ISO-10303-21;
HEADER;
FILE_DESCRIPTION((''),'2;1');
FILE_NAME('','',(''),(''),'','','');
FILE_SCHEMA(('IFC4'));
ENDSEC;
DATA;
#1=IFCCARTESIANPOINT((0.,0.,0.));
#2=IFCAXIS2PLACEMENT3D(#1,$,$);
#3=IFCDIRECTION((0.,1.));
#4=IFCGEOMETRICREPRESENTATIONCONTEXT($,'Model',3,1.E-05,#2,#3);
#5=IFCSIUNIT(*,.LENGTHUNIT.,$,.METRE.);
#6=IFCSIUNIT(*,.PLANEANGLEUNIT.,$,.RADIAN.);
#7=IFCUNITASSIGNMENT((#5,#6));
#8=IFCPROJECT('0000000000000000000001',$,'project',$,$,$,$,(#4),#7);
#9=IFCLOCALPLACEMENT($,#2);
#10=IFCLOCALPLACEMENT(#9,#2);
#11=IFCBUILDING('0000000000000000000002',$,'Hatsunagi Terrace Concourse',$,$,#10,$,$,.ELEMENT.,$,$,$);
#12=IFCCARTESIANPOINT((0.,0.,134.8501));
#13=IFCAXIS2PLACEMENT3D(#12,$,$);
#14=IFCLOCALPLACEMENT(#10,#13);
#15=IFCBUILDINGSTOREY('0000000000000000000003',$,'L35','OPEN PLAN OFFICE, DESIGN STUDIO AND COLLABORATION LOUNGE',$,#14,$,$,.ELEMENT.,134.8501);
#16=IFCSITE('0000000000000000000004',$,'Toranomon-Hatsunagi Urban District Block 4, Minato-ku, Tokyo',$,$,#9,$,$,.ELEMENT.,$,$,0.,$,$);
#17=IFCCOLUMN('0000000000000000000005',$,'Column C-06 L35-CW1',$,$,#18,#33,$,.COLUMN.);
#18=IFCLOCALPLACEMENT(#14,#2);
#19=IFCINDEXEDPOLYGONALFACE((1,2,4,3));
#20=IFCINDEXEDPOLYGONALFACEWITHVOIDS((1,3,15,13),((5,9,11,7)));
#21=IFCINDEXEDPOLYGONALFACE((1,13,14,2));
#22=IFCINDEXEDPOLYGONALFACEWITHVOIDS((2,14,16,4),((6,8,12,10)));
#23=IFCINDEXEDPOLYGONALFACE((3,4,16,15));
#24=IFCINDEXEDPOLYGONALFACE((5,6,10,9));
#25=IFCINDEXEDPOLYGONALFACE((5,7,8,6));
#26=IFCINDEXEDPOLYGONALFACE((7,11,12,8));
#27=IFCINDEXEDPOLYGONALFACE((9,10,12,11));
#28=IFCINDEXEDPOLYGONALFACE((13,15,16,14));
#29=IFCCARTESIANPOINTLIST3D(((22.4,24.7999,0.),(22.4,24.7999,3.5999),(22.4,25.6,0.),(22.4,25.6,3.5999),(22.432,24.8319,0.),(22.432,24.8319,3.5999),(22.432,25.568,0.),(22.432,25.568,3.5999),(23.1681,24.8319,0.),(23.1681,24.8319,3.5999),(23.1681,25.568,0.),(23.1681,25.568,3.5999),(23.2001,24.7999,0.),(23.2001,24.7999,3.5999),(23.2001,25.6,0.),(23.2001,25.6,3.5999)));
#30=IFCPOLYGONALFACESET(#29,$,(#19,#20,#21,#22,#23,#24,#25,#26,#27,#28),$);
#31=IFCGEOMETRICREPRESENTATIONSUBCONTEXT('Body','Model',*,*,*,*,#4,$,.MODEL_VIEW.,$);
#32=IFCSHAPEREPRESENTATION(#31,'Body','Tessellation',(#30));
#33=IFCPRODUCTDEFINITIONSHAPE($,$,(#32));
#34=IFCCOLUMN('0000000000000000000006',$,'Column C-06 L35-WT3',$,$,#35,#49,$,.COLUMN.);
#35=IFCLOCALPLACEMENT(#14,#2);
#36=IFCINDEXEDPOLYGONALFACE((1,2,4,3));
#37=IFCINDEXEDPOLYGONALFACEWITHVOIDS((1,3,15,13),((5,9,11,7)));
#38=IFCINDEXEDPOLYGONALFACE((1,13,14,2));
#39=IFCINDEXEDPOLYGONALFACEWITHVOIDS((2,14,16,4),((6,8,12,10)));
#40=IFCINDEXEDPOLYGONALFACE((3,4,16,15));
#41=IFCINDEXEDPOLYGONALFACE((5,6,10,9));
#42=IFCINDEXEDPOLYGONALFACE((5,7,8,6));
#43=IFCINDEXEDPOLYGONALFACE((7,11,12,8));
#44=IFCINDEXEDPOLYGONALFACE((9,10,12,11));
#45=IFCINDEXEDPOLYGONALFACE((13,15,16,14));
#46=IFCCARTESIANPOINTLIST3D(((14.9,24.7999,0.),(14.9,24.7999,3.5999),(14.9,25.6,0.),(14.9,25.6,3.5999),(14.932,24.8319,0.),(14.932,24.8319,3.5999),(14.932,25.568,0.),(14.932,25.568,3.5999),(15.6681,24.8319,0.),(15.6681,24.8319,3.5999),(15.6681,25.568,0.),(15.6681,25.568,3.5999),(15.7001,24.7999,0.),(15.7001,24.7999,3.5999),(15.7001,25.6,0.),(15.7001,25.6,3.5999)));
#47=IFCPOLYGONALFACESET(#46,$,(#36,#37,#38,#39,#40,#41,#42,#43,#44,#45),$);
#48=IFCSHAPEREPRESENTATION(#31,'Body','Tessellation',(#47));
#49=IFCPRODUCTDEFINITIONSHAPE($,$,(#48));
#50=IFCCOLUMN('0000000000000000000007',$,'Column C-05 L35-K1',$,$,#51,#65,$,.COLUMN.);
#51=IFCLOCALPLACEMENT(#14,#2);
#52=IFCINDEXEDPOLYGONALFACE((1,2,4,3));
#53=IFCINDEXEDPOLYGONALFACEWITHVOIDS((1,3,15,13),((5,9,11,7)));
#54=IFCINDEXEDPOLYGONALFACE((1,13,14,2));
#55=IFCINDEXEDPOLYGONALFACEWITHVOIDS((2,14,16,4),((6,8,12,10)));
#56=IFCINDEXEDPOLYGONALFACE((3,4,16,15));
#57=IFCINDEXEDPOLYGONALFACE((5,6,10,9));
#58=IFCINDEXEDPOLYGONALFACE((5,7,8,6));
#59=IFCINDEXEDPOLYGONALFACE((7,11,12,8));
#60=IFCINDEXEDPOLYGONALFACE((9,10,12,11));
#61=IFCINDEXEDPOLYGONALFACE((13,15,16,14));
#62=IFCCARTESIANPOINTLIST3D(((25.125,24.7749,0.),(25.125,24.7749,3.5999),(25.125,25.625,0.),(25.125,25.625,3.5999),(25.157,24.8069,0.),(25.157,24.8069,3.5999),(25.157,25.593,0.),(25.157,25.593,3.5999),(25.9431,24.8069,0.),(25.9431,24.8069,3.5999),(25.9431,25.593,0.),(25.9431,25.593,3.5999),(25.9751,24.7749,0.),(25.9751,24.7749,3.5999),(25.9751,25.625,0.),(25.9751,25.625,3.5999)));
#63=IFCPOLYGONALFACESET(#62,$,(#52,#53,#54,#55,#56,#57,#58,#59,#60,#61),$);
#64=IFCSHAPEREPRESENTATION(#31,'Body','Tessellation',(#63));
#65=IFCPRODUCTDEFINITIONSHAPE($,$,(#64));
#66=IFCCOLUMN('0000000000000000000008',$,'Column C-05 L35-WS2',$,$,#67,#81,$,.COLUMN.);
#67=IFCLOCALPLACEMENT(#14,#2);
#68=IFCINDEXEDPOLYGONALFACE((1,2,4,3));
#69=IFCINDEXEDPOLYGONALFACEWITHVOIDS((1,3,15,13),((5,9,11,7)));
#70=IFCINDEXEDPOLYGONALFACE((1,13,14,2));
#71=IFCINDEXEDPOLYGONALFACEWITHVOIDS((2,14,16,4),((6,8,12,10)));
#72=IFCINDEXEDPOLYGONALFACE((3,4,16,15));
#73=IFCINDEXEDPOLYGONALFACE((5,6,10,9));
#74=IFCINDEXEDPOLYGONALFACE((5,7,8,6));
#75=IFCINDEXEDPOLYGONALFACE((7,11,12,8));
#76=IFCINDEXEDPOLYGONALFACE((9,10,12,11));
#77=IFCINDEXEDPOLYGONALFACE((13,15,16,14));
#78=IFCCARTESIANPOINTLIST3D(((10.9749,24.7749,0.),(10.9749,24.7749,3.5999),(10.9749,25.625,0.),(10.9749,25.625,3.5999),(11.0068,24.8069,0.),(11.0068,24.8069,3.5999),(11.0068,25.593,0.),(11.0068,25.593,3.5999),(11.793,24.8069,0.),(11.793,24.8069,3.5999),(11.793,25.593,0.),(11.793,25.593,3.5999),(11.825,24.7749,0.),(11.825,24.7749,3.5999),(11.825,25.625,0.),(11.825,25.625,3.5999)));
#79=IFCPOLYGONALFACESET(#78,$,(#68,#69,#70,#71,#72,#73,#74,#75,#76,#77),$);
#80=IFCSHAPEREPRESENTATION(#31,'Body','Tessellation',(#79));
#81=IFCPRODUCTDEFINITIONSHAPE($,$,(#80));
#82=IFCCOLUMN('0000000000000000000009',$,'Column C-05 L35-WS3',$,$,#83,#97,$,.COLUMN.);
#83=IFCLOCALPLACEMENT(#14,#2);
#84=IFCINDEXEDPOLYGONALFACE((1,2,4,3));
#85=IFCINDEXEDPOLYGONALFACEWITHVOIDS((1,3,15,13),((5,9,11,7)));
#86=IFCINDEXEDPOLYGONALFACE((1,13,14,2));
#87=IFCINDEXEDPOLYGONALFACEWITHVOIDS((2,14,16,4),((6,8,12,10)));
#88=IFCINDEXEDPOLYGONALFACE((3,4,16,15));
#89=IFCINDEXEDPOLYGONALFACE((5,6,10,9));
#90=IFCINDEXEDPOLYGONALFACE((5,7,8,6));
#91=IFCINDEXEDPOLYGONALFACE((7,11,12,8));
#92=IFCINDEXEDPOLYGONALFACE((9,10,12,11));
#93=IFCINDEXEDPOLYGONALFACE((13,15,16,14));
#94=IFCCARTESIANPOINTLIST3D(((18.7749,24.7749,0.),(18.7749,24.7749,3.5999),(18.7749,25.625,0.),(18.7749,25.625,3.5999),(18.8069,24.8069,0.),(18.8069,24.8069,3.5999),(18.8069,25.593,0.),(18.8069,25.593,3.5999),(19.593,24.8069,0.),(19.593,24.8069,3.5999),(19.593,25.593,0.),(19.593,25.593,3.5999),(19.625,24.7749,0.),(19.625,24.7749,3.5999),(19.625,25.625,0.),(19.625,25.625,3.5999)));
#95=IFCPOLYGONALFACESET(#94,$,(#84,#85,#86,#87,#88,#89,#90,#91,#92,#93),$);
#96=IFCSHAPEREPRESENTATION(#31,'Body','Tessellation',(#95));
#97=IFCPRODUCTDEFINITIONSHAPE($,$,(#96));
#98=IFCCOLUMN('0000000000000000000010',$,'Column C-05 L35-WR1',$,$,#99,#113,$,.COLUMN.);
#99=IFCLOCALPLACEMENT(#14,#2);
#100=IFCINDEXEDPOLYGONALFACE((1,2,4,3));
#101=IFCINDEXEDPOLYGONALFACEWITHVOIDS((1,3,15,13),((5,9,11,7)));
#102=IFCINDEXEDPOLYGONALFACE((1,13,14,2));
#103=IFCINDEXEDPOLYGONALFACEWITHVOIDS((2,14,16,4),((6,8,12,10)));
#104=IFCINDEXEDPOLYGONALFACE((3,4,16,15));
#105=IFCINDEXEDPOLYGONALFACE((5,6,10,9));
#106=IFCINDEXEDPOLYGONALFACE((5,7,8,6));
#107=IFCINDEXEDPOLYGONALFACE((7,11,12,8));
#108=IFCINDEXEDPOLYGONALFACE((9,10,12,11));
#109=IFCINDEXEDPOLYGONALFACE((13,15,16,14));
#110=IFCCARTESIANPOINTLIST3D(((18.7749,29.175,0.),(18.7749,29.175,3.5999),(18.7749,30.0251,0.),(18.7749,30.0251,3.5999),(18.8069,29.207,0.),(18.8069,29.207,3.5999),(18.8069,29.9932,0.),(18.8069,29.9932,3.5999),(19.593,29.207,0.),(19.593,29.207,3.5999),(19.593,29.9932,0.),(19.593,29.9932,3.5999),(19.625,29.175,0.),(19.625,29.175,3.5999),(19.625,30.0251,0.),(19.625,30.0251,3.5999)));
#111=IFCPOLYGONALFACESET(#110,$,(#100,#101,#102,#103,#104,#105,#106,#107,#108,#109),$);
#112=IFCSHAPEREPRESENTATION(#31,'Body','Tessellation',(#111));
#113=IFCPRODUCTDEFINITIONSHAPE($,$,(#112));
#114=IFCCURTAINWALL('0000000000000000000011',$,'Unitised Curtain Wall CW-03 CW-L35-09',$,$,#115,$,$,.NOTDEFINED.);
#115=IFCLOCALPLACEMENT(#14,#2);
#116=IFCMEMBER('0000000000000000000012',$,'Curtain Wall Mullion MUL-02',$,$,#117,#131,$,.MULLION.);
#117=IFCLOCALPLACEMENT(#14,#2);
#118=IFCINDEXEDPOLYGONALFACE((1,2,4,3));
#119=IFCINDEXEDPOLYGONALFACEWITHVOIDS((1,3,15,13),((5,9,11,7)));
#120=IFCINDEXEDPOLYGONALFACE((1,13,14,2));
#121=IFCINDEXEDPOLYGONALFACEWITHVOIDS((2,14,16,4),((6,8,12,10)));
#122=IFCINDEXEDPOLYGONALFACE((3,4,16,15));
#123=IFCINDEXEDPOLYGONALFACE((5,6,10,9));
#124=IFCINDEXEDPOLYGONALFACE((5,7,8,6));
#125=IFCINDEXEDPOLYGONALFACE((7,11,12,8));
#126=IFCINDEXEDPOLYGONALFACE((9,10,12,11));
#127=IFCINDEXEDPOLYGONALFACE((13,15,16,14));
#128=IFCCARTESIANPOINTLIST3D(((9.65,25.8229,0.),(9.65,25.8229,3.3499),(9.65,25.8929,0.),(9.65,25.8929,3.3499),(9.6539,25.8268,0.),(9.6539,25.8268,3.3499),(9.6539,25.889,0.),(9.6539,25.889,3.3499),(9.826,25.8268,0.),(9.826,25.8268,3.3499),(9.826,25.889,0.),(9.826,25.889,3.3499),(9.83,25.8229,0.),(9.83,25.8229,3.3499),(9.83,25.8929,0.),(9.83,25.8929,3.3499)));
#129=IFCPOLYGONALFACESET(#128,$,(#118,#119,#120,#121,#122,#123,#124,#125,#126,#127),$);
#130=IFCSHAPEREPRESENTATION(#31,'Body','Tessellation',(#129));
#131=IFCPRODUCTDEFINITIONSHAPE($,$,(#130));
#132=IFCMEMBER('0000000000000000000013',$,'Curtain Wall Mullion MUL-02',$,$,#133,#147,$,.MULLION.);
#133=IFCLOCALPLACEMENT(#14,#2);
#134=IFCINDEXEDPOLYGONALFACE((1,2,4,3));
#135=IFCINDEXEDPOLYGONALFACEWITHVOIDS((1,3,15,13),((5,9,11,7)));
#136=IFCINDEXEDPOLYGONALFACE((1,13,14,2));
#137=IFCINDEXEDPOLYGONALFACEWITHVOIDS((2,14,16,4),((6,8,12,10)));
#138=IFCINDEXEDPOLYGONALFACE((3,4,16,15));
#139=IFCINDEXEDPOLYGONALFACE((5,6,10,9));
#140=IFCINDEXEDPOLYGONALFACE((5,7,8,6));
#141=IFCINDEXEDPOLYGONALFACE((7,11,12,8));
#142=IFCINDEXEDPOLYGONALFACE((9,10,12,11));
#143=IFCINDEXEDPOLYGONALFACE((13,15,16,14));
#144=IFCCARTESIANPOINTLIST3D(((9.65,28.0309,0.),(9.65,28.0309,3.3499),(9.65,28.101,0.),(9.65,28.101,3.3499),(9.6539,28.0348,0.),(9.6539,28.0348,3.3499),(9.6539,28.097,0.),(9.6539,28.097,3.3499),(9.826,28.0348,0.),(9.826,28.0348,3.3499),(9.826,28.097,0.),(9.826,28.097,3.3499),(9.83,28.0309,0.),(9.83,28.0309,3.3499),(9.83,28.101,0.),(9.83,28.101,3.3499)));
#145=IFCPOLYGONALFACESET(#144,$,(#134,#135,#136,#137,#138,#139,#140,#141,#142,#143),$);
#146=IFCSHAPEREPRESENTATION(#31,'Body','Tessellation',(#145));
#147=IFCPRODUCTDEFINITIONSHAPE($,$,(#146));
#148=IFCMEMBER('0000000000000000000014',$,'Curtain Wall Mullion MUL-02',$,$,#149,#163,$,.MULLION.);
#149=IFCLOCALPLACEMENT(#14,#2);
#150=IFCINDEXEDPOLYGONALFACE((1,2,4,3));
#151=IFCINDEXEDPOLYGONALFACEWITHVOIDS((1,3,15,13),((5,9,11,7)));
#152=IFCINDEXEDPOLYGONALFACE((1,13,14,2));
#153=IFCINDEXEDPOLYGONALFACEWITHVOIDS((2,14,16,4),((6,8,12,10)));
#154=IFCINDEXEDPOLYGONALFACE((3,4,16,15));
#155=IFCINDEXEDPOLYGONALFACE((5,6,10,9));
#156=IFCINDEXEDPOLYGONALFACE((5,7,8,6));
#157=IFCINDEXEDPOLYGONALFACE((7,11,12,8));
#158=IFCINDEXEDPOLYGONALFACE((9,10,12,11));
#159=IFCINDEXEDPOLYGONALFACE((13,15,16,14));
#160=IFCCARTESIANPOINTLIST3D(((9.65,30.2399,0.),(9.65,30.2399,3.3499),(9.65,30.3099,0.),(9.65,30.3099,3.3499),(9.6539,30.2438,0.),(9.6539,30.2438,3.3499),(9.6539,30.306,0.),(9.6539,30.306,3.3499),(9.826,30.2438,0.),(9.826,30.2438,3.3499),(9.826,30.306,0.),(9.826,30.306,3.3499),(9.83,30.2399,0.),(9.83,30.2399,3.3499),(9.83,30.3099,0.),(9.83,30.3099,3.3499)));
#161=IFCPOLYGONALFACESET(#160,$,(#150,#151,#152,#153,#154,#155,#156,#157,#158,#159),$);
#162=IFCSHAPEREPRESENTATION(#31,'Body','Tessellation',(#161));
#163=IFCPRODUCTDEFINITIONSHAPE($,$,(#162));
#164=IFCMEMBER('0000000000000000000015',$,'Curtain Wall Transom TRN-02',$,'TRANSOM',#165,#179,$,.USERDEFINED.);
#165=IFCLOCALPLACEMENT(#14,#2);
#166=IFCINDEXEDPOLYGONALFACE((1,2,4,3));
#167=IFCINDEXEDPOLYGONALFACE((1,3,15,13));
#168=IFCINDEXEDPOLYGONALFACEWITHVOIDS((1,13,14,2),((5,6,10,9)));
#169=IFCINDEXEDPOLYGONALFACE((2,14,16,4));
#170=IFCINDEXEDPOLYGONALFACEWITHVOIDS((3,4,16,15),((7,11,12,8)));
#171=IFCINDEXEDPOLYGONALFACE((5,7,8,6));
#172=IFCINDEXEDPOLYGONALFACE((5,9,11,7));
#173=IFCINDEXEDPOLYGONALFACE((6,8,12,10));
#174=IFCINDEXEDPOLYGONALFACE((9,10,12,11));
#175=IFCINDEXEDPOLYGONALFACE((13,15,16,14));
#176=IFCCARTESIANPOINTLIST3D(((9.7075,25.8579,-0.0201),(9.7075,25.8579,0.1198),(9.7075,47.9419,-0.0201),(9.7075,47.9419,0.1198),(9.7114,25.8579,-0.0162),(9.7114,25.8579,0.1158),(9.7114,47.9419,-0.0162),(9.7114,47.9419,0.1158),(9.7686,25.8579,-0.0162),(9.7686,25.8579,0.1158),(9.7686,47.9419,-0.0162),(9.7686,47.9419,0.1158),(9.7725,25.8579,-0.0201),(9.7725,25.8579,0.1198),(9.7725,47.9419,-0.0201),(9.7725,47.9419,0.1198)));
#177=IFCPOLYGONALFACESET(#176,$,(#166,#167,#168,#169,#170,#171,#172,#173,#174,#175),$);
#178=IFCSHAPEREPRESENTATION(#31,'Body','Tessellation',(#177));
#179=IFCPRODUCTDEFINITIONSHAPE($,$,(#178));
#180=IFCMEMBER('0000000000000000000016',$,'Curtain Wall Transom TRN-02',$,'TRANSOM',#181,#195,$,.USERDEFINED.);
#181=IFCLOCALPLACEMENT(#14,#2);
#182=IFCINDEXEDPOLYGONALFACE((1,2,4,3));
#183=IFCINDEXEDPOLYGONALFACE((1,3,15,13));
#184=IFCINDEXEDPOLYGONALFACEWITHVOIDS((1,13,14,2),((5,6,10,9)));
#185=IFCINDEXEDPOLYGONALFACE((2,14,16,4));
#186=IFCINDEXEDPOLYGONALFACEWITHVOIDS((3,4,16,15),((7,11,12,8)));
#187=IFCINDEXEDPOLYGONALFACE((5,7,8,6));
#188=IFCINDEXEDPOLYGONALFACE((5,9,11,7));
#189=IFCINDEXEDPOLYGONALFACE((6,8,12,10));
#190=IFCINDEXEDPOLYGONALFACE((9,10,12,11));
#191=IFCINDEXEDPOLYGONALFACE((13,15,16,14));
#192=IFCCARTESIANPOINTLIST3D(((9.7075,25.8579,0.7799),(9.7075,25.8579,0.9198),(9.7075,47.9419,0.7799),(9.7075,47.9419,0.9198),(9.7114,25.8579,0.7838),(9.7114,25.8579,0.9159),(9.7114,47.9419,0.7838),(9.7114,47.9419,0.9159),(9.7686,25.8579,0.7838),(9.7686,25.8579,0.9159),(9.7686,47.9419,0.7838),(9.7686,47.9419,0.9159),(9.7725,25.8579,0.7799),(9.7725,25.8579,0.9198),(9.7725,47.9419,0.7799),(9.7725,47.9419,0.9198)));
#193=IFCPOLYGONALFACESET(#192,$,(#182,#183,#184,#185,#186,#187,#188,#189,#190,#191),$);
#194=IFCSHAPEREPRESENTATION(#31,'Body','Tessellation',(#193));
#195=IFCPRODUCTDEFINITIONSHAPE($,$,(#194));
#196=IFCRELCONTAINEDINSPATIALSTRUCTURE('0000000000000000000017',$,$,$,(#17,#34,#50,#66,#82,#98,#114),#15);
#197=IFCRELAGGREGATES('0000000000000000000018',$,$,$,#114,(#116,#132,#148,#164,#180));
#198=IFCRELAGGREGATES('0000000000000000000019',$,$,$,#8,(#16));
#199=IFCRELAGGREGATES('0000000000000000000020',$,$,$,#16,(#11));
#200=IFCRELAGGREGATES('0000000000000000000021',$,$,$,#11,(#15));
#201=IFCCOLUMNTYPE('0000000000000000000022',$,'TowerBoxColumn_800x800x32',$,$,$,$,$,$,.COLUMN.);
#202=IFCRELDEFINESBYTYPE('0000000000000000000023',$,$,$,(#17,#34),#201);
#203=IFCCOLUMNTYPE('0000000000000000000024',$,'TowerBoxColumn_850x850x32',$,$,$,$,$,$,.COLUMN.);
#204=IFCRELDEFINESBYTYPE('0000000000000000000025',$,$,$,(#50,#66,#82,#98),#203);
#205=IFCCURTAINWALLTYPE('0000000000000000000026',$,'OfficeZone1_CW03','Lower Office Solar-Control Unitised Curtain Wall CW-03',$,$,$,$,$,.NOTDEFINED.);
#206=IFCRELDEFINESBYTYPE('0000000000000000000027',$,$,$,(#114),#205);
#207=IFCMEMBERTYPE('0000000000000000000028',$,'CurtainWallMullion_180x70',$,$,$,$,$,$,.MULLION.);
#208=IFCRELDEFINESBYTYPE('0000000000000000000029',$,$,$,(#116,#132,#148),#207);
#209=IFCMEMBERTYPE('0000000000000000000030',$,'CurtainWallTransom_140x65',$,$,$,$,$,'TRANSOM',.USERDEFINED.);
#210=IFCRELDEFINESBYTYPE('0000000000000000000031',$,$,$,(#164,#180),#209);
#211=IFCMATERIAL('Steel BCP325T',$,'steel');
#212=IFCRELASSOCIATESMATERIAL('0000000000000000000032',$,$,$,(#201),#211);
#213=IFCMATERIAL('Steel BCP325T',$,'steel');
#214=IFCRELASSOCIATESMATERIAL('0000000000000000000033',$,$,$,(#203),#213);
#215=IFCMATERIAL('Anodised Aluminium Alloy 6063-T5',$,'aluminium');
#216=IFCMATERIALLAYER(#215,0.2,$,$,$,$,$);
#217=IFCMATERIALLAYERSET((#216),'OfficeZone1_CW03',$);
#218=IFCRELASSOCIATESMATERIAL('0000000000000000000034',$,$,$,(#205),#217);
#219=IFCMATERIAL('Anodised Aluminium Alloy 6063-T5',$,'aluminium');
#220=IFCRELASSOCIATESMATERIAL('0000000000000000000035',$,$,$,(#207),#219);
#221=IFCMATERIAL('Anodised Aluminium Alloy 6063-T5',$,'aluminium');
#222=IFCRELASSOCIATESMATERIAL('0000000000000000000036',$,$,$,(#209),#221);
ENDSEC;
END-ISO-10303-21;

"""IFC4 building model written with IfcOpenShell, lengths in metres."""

from ifc_helpers import new_model, si_unit, direction, frame, origin, origin_2d, place, context, subcontext, project, spatial, hollow_rectangle, extrude, material, layer, layer_set, material_profile, profile_set, type_object, element, aggregate, save


model = new_model("IFC4")

# Units and contexts
model_context = context("Model", 3, precision=1e-05, world=origin(), true_north=direction((0.0, 1.0)))
body_context = subcontext(model_context, "Body", "Model", "MODEL_VIEW")
ifc_project = project(units=[si_unit("LENGTHUNIT", "METRE"), si_unit("PLANEANGLEUNIT", "RADIAN")], contexts=[model_context])

# Site, building, storey
site_placement = place(None, origin())
site = spatial("IfcSite", under=ifc_project, at=site_placement, Name="Toranomon-Hatsunagi Urban District Block 4, Minato-ku, Tokyo", CompositionType="ELEMENT", RefElevation=0.0)
building_placement = place(site_placement, origin())
building = spatial("IfcBuilding", under=site, at=building_placement, Name="Hatsunagi Terrace Concourse", CompositionType="ELEMENT")
storey_placement = place(building_placement, frame((0.0, 0.0, 134.8501)))
storey = spatial("IfcBuildingStorey", under=building, at=storey_placement, Name="L35", Description="OPEN PLAN OFFICE, DESIGN STUDIO AND COLLABORATION LOUNGE", CompositionType="ELEMENT", Elevation=134.8501)

# Columns
ifc_material_1 = material(Name="Steel BCP325T", Category="steel")
ifc_material_profile_1 = material_profile(ifc_material_1, hollow_rectangle(XDim=0.8, YDim=0.8, WallThickness=0.032, at=origin_2d()), Name="BCP-800x800x32")
ifc_profile_set_1 = profile_set([ifc_material_profile_1], Name="Steel BCP325T")
column_type_1 = type_object("IfcColumnType", Name="TowerBoxColumn_800x800x32", PredefinedType="COLUMN", material=ifc_profile_set_1)
for number, where, z_axis, x_axis, name in (
    (1, (22.8, 25.2, 0.0), (0.0, 0.0, 1.0), (1.0, 0.0, 0.0), "Column C-06 L35-CW1"),
    (2, (15.3, 25.2, 0.0), (0.0, 0.0, 1.0), (1.0, 0.0, 0.0), "Column C-06 L35-WT3"),
):
    element("IfcColumn", number, at=place(storey_placement, frame(where, z_axis=z_axis, x_axis=x_axis)), inside=storey, type_object=column_type_1, Name=name, PredefinedType="COLUMN", context=body_context, shape_type="SweptSolid", body=[
        extrude(hollow_rectangle(XDim=0.8, YDim=0.8, WallThickness=0.032, at=origin_2d()), origin(), (0.0, 0.0, 1.0), 3.5999),
    ])
ifc_material_2 = material(Name="Steel BCP325T", Category="steel")
ifc_material_profile_2 = material_profile(ifc_material_2, hollow_rectangle(XDim=0.8501, YDim=0.8501, WallThickness=0.032, at=origin_2d()), Name="BCP-850x850x32")
ifc_profile_set_2 = profile_set([ifc_material_profile_2], Name="Steel BCP325T")
column_type_2 = type_object("IfcColumnType", Name="TowerBoxColumn_850x850x32", PredefinedType="COLUMN", material=ifc_profile_set_2)
for number, where, z_axis, x_axis, name in (
    (3, (25.55, 25.2, 0.0), (0.0, 0.0, 1.0), (1.0, 0.0, 0.0), "Column C-05 L35-K1"),
    (4, (11.3999, 25.2, 0.0), (0.0, 0.0, 1.0), (1.0, 0.0, 0.0), "Column C-05 L35-WS2"),
    (5, (19.2, 25.2, 0.0), (0.0, 0.0, 1.0), (1.0, 0.0, 0.0), "Column C-05 L35-WS3"),
    (6, (19.2, 29.6001, 0.0), (0.0, 0.0, 1.0), (1.0, 0.0, 0.0), "Column C-05 L35-WR1"),
):
    element("IfcColumn", number, at=place(storey_placement, frame(where, z_axis=z_axis, x_axis=x_axis)), inside=storey, type_object=column_type_2, Name=name, PredefinedType="COLUMN", context=body_context, shape_type="SweptSolid", body=[
        extrude(hollow_rectangle(XDim=0.8501, YDim=0.8501, WallThickness=0.032, at=origin_2d()), origin(), (0.0, 0.0, 1.0), 3.5999),
    ])

# Curtain wall, members
ifc_material_3 = material(Name="Anodised Aluminium Alloy 6063-T5", Category="aluminium")
ifc_layer_1 = layer(ifc_material_3, 0.2)
ifc_layer_set_1 = layer_set([ifc_layer_1], Name="OfficeZone1_CW03")
curtain_wall_type = type_object("IfcCurtainWallType", Name="OfficeZone1_CW03", Description="Lower Office Solar-Control Unitised Curtain Wall CW-03", PredefinedType="NOTDEFINED", material=ifc_layer_set_1)
curtain_wall_placement = place(storey_placement, origin())
curtain_wall = element("IfcCurtainWall", 7, at=curtain_wall_placement, inside=storey, type_object=curtain_wall_type, Name="Unitised Curtain Wall CW-03 CW-L35-09", PredefinedType="NOTDEFINED")
ifc_material_4 = material(Name="Anodised Aluminium Alloy 6063-T5", Category="aluminium")
ifc_material_profile_3 = material_profile(ifc_material_4, hollow_rectangle(XDim=0.0701, YDim=0.1799, WallThickness=0.0039, at=origin_2d()), Name="ALU-MUL-180x70x4")
ifc_profile_set_3 = profile_set([ifc_material_profile_3], Name="Anodised Aluminium Alloy 6063-T5")
member_type_1 = type_object("IfcMemberType", Name="CurtainWallMullion_180x70", PredefinedType="MULLION", material=ifc_profile_set_3)
member_1_placement = place(storey_placement, frame((9.74, 25.8579, 0.0), z_axis=(0.0, 0.0, 1.0), x_axis=(0.0, 1.0, 0.0)))
member_1 = element("IfcMember", 8, at=member_1_placement, type_object=member_type_1, Name="Curtain Wall Mullion MUL-02", PredefinedType="MULLION", context=body_context, shape_type="SweptSolid", body=[
    extrude(hollow_rectangle(XDim=0.0701, YDim=0.1799, WallThickness=0.0039, at=origin_2d()), origin(), (0.0, 0.0, 1.0), 3.3499),
])
member_2_placement = place(storey_placement, frame((9.74, 28.0659, 0.0), z_axis=(0.0, 0.0, 1.0), x_axis=(0.0, 1.0, 0.0)))
member_2 = element("IfcMember", 9, at=member_2_placement, type_object=member_type_1, Name="Curtain Wall Mullion MUL-02", PredefinedType="MULLION", context=body_context, shape_type="SweptSolid", body=[
    extrude(hollow_rectangle(XDim=0.0701, YDim=0.1799, WallThickness=0.0039, at=origin_2d()), origin(), (0.0, 0.0, 1.0), 3.3499),
])
member_3_placement = place(storey_placement, frame((9.74, 30.2749, 0.0), z_axis=(0.0, 0.0, 1.0), x_axis=(0.0, 1.0, 0.0)))
member_3 = element("IfcMember", 10, at=member_3_placement, type_object=member_type_1, Name="Curtain Wall Mullion MUL-02", PredefinedType="MULLION", context=body_context, shape_type="SweptSolid", body=[
    extrude(hollow_rectangle(XDim=0.0701, YDim=0.1799, WallThickness=0.0039, at=origin_2d()), origin(), (0.0, 0.0, 1.0), 3.3499),
])
ifc_material_5 = material(Name="Anodised Aluminium Alloy 6063-T5", Category="aluminium")
ifc_material_profile_4 = material_profile(ifc_material_5, hollow_rectangle(XDim=0.0649, YDim=0.1399, WallThickness=0.0039, at=origin_2d()), Name="ALU-TRN-140x65x4")
ifc_profile_set_4 = profile_set([ifc_material_profile_4], Name="Anodised Aluminium Alloy 6063-T5")
member_type_2 = type_object("IfcMemberType", Name="CurtainWallTransom_140x65", ElementType="TRANSOM", PredefinedType="USERDEFINED", material=ifc_profile_set_4)
member_4_placement = place(storey_placement, frame((9.74, 25.8579, 0.0498), z_axis=(0.0, 1.0, 0.0), x_axis=(-1.0, 0.0, 0.0)))
member_4 = element("IfcMember", 11, at=member_4_placement, type_object=member_type_2, Name="Curtain Wall Transom TRN-02", ObjectType="TRANSOM", PredefinedType="USERDEFINED", context=body_context, shape_type="SweptSolid", body=[
    extrude(hollow_rectangle(XDim=0.0649, YDim=0.1399, WallThickness=0.0039, at=origin_2d()), origin(), (0.0, 0.0, 1.0), 22.084),
])
member_5_placement = place(storey_placement, frame((9.74, 25.8579, 0.8499), z_axis=(0.0, 1.0, 0.0), x_axis=(-1.0, 0.0, 0.0)))
member_5 = element("IfcMember", 12, at=member_5_placement, type_object=member_type_2, Name="Curtain Wall Transom TRN-02", ObjectType="TRANSOM", PredefinedType="USERDEFINED", context=body_context, shape_type="SweptSolid", body=[
    extrude(hollow_rectangle(XDim=0.0649, YDim=0.1399, WallThickness=0.0039, at=origin_2d()), origin(), (0.0, 0.0, 1.0), 22.084),
])

aggregate(curtain_wall, [member_1, member_2, member_3, member_4, member_5])

save(model, "model.ifc")
